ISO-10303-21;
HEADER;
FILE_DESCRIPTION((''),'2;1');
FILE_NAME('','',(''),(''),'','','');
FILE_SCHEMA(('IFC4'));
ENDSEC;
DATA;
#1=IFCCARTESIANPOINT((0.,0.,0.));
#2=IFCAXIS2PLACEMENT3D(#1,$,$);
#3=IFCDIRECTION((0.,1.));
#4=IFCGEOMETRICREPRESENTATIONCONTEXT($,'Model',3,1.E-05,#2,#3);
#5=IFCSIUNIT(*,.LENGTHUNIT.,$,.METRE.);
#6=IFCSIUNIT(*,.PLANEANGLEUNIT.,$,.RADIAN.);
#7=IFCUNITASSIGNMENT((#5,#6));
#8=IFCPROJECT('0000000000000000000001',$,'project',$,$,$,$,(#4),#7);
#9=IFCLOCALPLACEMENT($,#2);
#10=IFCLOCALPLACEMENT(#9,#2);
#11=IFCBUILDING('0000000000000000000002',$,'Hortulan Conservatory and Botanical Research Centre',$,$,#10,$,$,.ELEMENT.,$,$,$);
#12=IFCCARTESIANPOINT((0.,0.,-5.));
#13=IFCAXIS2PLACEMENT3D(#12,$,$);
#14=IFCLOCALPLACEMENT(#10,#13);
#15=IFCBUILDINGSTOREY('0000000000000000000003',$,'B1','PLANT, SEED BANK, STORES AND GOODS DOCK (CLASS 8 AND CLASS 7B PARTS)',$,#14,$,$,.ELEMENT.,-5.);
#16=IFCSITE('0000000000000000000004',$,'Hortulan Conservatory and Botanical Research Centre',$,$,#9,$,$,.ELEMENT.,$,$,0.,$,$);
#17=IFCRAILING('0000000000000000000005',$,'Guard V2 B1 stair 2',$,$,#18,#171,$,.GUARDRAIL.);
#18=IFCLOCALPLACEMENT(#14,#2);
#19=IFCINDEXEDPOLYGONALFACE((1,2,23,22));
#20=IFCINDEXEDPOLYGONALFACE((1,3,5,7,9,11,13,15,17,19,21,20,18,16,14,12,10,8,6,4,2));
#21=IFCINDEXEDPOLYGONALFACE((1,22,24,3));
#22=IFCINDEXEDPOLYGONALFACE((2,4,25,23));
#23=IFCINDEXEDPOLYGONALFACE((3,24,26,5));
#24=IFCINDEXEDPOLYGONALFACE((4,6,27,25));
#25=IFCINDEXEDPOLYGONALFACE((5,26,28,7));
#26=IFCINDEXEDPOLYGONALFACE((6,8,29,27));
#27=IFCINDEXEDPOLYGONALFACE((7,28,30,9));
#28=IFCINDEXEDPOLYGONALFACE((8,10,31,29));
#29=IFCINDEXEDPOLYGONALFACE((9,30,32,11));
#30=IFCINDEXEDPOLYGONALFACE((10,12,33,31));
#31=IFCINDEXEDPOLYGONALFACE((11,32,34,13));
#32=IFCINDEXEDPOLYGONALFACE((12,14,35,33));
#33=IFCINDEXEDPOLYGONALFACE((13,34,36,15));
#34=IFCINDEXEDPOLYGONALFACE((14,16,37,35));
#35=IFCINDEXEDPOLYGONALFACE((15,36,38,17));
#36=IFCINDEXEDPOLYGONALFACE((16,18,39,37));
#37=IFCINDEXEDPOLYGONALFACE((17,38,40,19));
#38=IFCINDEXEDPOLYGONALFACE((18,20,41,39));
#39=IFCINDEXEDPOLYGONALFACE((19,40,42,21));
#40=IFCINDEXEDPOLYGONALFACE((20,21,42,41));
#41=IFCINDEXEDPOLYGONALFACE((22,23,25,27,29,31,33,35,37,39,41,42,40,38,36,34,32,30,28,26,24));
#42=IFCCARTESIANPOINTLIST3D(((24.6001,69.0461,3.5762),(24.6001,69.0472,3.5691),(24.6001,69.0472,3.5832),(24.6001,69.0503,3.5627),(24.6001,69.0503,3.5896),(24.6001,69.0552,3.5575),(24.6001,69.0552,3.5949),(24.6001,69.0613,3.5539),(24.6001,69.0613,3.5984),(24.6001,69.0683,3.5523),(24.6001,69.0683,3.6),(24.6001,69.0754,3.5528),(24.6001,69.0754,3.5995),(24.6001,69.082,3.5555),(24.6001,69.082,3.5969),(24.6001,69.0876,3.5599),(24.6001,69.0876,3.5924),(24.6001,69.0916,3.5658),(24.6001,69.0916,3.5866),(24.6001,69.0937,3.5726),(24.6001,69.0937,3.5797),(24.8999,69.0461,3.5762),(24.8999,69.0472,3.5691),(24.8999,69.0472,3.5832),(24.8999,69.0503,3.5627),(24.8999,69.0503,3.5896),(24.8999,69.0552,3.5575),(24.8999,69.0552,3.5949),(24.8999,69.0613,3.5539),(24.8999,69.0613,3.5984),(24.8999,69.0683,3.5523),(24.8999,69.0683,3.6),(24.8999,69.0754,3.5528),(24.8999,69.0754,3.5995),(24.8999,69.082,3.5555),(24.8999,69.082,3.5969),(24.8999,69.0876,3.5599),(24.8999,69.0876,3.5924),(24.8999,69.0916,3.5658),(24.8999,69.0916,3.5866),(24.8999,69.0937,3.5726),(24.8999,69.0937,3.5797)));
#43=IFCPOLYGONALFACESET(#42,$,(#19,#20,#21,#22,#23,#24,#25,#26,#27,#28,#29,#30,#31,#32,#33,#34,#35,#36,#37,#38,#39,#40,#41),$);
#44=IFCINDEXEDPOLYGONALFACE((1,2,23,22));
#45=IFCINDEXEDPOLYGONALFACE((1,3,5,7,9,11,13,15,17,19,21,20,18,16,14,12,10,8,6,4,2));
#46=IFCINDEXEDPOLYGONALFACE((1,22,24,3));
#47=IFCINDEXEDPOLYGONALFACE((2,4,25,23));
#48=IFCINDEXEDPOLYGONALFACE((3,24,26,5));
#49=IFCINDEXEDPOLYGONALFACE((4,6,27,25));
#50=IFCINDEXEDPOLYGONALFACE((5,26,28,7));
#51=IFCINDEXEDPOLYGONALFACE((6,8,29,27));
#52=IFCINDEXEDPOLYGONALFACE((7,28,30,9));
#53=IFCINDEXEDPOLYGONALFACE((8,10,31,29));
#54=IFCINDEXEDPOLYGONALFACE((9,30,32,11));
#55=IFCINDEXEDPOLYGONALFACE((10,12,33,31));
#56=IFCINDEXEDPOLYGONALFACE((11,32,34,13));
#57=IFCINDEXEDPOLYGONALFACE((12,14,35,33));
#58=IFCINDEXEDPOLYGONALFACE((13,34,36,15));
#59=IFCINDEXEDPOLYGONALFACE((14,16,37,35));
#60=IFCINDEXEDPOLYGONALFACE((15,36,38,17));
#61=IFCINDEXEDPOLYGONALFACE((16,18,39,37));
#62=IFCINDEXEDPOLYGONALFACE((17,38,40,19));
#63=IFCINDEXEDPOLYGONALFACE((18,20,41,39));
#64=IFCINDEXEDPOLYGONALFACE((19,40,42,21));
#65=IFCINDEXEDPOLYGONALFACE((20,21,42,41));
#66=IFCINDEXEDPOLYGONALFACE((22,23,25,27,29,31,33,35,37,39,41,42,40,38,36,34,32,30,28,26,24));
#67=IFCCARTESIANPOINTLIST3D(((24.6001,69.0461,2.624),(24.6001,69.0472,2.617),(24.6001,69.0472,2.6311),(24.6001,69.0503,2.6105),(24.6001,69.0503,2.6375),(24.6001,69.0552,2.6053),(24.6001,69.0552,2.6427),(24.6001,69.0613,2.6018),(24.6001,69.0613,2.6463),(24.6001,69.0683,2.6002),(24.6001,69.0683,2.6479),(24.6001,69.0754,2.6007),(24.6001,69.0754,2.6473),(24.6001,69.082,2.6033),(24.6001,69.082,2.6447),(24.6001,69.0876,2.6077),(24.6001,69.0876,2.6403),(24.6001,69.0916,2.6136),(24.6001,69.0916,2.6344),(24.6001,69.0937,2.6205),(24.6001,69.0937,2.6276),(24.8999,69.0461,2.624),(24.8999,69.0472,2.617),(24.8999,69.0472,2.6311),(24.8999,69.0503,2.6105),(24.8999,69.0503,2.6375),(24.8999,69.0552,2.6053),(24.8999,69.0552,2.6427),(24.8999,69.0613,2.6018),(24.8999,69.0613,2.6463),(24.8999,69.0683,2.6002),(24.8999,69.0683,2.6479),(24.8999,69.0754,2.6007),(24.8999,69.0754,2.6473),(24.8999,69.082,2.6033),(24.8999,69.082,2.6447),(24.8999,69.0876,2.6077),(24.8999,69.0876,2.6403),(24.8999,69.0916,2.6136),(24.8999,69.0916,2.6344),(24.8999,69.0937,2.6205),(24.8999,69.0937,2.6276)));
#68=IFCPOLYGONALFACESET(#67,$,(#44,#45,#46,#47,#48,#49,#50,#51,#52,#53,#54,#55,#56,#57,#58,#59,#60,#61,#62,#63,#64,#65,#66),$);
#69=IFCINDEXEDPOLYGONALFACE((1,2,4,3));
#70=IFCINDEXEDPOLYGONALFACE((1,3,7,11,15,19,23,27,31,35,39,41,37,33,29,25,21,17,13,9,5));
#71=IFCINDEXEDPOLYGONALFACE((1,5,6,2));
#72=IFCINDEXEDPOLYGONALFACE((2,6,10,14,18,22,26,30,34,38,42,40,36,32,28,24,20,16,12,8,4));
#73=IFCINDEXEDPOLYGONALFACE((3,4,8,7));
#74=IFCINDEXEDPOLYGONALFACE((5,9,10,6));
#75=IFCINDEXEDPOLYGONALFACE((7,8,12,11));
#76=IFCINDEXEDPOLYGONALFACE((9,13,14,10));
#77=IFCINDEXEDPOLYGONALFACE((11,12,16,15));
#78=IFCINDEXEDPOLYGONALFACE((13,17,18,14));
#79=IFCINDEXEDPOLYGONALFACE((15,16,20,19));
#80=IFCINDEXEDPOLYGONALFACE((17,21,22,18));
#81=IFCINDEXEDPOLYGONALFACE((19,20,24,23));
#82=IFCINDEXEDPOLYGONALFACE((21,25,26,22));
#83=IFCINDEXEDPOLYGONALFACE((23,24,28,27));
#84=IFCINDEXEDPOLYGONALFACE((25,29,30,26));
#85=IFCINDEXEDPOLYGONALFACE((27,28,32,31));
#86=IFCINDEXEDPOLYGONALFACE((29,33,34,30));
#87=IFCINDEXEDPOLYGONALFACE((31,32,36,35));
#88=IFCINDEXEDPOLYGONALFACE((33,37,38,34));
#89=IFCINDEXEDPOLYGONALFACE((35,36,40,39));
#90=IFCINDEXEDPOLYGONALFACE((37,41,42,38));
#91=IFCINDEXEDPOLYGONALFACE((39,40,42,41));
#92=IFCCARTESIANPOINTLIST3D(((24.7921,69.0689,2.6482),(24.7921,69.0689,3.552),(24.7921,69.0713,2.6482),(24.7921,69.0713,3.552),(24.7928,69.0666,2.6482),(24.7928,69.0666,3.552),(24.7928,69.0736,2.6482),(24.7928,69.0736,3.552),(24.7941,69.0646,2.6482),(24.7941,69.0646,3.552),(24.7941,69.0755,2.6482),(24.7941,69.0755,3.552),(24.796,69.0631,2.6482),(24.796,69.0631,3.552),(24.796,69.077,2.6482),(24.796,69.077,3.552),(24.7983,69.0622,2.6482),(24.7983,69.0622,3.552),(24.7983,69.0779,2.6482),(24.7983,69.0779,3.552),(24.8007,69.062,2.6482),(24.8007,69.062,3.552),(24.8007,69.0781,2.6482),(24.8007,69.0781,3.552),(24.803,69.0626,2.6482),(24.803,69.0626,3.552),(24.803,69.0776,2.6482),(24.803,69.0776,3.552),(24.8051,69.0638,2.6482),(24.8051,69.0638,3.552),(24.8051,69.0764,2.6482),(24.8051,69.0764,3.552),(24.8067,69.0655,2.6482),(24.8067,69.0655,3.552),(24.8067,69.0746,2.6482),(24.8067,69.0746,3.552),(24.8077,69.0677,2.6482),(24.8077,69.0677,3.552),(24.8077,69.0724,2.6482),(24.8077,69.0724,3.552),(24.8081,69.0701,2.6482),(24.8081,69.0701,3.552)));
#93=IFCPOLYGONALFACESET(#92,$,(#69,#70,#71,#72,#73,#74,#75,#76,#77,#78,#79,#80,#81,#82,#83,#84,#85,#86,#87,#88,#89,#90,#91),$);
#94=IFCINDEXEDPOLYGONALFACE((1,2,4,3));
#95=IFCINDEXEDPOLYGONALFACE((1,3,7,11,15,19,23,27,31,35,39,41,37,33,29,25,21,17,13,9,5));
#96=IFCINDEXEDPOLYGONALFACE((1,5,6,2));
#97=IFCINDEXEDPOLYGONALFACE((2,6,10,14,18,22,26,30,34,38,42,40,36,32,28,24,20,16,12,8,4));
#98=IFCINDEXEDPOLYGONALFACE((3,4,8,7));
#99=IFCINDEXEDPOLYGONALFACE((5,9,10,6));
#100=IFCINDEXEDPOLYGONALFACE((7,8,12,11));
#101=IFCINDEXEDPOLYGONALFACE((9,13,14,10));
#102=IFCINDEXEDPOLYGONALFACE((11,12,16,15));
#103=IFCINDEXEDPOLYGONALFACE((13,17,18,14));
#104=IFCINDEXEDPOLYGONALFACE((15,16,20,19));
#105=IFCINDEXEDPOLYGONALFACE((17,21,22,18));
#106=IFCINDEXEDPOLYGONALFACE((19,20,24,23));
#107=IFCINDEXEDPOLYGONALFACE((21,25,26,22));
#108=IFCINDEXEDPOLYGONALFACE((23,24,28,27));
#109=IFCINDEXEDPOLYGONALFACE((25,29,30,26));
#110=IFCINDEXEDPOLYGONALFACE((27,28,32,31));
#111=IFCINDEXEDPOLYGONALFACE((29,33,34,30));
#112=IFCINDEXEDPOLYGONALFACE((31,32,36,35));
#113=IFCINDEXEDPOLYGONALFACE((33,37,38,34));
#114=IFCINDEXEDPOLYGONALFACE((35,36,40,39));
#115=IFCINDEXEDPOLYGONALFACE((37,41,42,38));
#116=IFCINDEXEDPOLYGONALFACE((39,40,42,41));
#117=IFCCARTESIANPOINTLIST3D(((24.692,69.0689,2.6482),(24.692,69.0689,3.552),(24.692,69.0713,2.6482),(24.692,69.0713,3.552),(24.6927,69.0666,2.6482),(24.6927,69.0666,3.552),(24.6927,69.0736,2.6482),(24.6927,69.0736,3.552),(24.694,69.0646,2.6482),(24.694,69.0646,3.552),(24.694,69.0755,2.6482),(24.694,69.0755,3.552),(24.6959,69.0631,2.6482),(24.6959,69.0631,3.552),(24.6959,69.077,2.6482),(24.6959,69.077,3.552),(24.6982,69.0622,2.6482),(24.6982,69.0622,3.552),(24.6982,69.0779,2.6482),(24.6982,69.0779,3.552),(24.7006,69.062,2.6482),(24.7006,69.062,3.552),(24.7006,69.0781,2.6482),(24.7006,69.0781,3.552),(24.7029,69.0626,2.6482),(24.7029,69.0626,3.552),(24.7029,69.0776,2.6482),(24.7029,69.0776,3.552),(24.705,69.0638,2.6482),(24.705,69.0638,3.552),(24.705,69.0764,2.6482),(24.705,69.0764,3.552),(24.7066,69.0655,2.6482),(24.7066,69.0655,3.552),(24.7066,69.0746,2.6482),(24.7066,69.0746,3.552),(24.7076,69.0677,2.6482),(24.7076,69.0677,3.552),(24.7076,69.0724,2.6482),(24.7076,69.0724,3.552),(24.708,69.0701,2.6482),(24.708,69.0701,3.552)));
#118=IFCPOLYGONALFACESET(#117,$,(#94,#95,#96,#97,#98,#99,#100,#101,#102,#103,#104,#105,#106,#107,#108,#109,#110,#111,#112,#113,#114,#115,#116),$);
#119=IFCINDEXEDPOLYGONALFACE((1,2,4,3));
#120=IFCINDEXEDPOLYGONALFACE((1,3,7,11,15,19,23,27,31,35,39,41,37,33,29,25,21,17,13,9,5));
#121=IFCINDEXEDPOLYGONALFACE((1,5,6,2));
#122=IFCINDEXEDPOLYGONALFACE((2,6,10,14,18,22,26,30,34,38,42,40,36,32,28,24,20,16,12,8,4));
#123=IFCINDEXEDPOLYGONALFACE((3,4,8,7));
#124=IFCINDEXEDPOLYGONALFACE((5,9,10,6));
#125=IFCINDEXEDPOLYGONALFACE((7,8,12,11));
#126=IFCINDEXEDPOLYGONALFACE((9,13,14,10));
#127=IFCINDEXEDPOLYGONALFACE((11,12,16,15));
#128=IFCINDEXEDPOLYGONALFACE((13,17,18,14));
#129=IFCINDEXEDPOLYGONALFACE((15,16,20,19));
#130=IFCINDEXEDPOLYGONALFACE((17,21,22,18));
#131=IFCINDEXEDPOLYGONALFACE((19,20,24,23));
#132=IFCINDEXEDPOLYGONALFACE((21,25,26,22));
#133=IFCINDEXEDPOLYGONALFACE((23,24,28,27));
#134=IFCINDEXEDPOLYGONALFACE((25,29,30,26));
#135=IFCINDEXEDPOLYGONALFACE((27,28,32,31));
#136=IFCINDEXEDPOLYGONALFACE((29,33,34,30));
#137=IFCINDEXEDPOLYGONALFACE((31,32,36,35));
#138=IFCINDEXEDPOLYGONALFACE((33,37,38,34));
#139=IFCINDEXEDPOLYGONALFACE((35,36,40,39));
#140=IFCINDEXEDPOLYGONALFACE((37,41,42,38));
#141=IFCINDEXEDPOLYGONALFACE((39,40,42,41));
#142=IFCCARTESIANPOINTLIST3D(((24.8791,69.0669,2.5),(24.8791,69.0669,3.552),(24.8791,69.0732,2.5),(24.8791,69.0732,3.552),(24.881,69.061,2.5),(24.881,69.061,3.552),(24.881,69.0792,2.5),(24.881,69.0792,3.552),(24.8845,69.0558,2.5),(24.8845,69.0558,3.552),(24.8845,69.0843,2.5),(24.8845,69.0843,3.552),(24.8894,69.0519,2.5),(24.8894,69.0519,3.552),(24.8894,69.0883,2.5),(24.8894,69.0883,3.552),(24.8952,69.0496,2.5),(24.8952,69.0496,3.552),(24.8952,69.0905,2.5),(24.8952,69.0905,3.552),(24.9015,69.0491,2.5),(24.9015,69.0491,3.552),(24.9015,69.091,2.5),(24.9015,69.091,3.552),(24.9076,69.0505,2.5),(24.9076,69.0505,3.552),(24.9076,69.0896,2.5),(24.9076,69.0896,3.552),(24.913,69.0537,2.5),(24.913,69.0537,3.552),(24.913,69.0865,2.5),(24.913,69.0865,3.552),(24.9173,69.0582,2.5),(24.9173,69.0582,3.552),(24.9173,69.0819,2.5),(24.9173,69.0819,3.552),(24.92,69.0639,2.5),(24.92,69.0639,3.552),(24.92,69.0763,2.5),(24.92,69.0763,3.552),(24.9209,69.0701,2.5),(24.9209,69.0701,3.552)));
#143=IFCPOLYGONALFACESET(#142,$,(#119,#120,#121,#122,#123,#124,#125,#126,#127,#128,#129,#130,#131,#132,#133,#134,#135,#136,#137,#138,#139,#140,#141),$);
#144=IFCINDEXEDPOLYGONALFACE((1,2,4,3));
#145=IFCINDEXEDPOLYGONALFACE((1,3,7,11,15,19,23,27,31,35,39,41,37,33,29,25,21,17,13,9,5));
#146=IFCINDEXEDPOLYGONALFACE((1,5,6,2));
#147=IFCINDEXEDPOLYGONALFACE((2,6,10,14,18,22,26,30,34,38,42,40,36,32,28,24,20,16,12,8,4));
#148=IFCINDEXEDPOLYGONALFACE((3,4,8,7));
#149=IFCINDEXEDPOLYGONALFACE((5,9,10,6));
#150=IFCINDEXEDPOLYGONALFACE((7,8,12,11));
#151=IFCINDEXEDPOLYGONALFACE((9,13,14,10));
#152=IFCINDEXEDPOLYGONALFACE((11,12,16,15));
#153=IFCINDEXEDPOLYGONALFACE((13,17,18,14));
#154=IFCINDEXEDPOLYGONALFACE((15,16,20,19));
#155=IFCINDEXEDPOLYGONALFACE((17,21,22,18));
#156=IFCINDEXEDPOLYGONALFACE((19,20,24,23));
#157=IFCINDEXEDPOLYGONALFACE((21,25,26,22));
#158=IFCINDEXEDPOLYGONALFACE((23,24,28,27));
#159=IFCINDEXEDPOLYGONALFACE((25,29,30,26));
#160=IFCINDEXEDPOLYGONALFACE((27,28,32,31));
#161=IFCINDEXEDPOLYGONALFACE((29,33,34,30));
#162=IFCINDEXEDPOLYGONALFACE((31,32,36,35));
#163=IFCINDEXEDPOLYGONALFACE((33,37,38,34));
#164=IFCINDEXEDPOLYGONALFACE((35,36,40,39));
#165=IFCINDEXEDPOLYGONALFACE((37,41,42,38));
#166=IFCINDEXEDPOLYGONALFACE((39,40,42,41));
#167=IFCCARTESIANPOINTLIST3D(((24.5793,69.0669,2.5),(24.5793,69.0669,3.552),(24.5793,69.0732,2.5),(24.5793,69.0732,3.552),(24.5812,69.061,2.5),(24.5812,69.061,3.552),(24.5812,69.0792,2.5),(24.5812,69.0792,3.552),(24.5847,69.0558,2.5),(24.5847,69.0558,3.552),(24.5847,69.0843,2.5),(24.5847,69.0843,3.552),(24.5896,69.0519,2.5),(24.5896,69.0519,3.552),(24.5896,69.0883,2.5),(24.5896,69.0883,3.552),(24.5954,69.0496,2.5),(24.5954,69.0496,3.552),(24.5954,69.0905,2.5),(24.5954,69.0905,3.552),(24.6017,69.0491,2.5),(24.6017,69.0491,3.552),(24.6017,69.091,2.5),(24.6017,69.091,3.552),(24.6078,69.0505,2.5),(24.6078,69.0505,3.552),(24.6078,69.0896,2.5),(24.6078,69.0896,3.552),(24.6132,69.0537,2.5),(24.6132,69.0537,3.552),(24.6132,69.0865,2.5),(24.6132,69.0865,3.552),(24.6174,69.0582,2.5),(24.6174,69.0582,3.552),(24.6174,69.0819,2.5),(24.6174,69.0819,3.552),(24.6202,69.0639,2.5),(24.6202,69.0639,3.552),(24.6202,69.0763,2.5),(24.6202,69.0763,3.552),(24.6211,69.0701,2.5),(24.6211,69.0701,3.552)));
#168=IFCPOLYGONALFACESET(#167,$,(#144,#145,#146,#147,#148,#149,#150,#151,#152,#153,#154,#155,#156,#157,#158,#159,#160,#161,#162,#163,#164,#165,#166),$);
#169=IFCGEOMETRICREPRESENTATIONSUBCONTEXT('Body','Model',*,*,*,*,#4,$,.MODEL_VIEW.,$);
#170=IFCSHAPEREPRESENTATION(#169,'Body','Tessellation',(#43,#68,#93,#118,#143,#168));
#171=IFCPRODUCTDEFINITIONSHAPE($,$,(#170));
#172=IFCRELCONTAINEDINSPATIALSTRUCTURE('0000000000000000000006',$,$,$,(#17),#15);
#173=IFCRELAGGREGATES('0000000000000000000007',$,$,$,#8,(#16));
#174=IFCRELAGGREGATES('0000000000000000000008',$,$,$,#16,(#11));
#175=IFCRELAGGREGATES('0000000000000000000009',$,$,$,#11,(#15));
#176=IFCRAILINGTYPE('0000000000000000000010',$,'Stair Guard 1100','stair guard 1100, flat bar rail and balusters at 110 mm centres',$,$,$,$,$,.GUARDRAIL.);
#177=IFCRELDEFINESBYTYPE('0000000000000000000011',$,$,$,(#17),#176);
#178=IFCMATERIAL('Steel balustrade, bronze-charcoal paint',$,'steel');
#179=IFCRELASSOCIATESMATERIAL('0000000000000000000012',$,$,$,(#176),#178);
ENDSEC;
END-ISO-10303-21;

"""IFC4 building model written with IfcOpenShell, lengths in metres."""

from ifc_helpers import new_model, si_unit, direction, frame, origin, origin_2d, place, context, subcontext, project, spatial, circle, extrude, material, type_object, element, save


model = new_model("IFC4")

# Units and contexts
model_context = context("Model", 3, precision=1e-05, world=origin(), true_north=direction((0.0, 1.0)))
body_context = subcontext(model_context, "Body", "Model", "MODEL_VIEW")
ifc_project = project(units=[si_unit("LENGTHUNIT", "METRE"), si_unit("PLANEANGLEUNIT", "RADIAN")], contexts=[model_context])

# Site, building, storey
site_placement = place(None, origin())
site = spatial("IfcSite", under=ifc_project, at=site_placement, Name="Hortulan Conservatory and Botanical Research Centre", CompositionType="ELEMENT", RefElevation=0.0)
building_placement = place(site_placement, origin())
building = spatial("IfcBuilding", under=site, at=building_placement, Name="Hortulan Conservatory and Botanical Research Centre", CompositionType="ELEMENT")
storey_placement = place(building_placement, frame((0.0, 0.0, -5.0)))
storey = spatial("IfcBuildingStorey", under=building, at=storey_placement, Name="B1", Description="PLANT, SEED BANK, STORES AND GOODS DOCK (CLASS 8 AND CLASS 7B PARTS)", CompositionType="ELEMENT", Elevation=-5.0)

# Railing
ifc_material_1 = material(Name="Steel balustrade, bronze-charcoal paint", Category="steel")
railing_type_1 = type_object("IfcRailingType", Name="Stair Guard 1100", Description="stair guard 1100, flat bar rail and balusters at 110 mm centres", PredefinedType="GUARDRAIL", material=ifc_material_1)
railing_1_placement = place(storey_placement, frame((24.8999, 69.0701, 2.5)))
element("IfcRailing", 1, at=railing_1_placement, inside=storey, type_object=railing_type_1, Name="Guard V2 B1 stair 2", PredefinedType="GUARDRAIL", context=body_context, shape_type="SweptSolid", body=[
    extrude(circle(Radius=0.0239, at=origin_2d()), frame((0.0, 0.0, 1.0762), z_axis=(-1.0, 0.0, 0.0), x_axis=(0.0, -1.0, 0.0)), (0.0, 0.0, 1.0), 0.2998),
    extrude(circle(Radius=0.0239, at=origin_2d()), frame((0.0, 0.0, 0.124), z_axis=(-1.0, 0.0, 0.0), x_axis=(0.0, -1.0, 0.0)), (0.0, 0.0, 1.0), 0.2998),
    extrude(circle(Radius=0.0081, at=origin_2d()), frame((-0.0999, 0.0, 0.1482)), (0.0, 0.0, 1.0), 0.9038),
    extrude(circle(Radius=0.0081, at=origin_2d()), frame((-0.2, 0.0, 0.1482)), (0.0, 0.0, 1.0), 0.9038),
    extrude(circle(Radius=0.021, at=origin_2d()), origin(), (0.0, 0.0, 1.0), 1.052),
    extrude(circle(Radius=0.021, at=origin_2d()), frame((-0.2998, 0.0, 0.0)), (0.0, 0.0, 1.0), 1.052),
])

save(model, "model.ifc")
